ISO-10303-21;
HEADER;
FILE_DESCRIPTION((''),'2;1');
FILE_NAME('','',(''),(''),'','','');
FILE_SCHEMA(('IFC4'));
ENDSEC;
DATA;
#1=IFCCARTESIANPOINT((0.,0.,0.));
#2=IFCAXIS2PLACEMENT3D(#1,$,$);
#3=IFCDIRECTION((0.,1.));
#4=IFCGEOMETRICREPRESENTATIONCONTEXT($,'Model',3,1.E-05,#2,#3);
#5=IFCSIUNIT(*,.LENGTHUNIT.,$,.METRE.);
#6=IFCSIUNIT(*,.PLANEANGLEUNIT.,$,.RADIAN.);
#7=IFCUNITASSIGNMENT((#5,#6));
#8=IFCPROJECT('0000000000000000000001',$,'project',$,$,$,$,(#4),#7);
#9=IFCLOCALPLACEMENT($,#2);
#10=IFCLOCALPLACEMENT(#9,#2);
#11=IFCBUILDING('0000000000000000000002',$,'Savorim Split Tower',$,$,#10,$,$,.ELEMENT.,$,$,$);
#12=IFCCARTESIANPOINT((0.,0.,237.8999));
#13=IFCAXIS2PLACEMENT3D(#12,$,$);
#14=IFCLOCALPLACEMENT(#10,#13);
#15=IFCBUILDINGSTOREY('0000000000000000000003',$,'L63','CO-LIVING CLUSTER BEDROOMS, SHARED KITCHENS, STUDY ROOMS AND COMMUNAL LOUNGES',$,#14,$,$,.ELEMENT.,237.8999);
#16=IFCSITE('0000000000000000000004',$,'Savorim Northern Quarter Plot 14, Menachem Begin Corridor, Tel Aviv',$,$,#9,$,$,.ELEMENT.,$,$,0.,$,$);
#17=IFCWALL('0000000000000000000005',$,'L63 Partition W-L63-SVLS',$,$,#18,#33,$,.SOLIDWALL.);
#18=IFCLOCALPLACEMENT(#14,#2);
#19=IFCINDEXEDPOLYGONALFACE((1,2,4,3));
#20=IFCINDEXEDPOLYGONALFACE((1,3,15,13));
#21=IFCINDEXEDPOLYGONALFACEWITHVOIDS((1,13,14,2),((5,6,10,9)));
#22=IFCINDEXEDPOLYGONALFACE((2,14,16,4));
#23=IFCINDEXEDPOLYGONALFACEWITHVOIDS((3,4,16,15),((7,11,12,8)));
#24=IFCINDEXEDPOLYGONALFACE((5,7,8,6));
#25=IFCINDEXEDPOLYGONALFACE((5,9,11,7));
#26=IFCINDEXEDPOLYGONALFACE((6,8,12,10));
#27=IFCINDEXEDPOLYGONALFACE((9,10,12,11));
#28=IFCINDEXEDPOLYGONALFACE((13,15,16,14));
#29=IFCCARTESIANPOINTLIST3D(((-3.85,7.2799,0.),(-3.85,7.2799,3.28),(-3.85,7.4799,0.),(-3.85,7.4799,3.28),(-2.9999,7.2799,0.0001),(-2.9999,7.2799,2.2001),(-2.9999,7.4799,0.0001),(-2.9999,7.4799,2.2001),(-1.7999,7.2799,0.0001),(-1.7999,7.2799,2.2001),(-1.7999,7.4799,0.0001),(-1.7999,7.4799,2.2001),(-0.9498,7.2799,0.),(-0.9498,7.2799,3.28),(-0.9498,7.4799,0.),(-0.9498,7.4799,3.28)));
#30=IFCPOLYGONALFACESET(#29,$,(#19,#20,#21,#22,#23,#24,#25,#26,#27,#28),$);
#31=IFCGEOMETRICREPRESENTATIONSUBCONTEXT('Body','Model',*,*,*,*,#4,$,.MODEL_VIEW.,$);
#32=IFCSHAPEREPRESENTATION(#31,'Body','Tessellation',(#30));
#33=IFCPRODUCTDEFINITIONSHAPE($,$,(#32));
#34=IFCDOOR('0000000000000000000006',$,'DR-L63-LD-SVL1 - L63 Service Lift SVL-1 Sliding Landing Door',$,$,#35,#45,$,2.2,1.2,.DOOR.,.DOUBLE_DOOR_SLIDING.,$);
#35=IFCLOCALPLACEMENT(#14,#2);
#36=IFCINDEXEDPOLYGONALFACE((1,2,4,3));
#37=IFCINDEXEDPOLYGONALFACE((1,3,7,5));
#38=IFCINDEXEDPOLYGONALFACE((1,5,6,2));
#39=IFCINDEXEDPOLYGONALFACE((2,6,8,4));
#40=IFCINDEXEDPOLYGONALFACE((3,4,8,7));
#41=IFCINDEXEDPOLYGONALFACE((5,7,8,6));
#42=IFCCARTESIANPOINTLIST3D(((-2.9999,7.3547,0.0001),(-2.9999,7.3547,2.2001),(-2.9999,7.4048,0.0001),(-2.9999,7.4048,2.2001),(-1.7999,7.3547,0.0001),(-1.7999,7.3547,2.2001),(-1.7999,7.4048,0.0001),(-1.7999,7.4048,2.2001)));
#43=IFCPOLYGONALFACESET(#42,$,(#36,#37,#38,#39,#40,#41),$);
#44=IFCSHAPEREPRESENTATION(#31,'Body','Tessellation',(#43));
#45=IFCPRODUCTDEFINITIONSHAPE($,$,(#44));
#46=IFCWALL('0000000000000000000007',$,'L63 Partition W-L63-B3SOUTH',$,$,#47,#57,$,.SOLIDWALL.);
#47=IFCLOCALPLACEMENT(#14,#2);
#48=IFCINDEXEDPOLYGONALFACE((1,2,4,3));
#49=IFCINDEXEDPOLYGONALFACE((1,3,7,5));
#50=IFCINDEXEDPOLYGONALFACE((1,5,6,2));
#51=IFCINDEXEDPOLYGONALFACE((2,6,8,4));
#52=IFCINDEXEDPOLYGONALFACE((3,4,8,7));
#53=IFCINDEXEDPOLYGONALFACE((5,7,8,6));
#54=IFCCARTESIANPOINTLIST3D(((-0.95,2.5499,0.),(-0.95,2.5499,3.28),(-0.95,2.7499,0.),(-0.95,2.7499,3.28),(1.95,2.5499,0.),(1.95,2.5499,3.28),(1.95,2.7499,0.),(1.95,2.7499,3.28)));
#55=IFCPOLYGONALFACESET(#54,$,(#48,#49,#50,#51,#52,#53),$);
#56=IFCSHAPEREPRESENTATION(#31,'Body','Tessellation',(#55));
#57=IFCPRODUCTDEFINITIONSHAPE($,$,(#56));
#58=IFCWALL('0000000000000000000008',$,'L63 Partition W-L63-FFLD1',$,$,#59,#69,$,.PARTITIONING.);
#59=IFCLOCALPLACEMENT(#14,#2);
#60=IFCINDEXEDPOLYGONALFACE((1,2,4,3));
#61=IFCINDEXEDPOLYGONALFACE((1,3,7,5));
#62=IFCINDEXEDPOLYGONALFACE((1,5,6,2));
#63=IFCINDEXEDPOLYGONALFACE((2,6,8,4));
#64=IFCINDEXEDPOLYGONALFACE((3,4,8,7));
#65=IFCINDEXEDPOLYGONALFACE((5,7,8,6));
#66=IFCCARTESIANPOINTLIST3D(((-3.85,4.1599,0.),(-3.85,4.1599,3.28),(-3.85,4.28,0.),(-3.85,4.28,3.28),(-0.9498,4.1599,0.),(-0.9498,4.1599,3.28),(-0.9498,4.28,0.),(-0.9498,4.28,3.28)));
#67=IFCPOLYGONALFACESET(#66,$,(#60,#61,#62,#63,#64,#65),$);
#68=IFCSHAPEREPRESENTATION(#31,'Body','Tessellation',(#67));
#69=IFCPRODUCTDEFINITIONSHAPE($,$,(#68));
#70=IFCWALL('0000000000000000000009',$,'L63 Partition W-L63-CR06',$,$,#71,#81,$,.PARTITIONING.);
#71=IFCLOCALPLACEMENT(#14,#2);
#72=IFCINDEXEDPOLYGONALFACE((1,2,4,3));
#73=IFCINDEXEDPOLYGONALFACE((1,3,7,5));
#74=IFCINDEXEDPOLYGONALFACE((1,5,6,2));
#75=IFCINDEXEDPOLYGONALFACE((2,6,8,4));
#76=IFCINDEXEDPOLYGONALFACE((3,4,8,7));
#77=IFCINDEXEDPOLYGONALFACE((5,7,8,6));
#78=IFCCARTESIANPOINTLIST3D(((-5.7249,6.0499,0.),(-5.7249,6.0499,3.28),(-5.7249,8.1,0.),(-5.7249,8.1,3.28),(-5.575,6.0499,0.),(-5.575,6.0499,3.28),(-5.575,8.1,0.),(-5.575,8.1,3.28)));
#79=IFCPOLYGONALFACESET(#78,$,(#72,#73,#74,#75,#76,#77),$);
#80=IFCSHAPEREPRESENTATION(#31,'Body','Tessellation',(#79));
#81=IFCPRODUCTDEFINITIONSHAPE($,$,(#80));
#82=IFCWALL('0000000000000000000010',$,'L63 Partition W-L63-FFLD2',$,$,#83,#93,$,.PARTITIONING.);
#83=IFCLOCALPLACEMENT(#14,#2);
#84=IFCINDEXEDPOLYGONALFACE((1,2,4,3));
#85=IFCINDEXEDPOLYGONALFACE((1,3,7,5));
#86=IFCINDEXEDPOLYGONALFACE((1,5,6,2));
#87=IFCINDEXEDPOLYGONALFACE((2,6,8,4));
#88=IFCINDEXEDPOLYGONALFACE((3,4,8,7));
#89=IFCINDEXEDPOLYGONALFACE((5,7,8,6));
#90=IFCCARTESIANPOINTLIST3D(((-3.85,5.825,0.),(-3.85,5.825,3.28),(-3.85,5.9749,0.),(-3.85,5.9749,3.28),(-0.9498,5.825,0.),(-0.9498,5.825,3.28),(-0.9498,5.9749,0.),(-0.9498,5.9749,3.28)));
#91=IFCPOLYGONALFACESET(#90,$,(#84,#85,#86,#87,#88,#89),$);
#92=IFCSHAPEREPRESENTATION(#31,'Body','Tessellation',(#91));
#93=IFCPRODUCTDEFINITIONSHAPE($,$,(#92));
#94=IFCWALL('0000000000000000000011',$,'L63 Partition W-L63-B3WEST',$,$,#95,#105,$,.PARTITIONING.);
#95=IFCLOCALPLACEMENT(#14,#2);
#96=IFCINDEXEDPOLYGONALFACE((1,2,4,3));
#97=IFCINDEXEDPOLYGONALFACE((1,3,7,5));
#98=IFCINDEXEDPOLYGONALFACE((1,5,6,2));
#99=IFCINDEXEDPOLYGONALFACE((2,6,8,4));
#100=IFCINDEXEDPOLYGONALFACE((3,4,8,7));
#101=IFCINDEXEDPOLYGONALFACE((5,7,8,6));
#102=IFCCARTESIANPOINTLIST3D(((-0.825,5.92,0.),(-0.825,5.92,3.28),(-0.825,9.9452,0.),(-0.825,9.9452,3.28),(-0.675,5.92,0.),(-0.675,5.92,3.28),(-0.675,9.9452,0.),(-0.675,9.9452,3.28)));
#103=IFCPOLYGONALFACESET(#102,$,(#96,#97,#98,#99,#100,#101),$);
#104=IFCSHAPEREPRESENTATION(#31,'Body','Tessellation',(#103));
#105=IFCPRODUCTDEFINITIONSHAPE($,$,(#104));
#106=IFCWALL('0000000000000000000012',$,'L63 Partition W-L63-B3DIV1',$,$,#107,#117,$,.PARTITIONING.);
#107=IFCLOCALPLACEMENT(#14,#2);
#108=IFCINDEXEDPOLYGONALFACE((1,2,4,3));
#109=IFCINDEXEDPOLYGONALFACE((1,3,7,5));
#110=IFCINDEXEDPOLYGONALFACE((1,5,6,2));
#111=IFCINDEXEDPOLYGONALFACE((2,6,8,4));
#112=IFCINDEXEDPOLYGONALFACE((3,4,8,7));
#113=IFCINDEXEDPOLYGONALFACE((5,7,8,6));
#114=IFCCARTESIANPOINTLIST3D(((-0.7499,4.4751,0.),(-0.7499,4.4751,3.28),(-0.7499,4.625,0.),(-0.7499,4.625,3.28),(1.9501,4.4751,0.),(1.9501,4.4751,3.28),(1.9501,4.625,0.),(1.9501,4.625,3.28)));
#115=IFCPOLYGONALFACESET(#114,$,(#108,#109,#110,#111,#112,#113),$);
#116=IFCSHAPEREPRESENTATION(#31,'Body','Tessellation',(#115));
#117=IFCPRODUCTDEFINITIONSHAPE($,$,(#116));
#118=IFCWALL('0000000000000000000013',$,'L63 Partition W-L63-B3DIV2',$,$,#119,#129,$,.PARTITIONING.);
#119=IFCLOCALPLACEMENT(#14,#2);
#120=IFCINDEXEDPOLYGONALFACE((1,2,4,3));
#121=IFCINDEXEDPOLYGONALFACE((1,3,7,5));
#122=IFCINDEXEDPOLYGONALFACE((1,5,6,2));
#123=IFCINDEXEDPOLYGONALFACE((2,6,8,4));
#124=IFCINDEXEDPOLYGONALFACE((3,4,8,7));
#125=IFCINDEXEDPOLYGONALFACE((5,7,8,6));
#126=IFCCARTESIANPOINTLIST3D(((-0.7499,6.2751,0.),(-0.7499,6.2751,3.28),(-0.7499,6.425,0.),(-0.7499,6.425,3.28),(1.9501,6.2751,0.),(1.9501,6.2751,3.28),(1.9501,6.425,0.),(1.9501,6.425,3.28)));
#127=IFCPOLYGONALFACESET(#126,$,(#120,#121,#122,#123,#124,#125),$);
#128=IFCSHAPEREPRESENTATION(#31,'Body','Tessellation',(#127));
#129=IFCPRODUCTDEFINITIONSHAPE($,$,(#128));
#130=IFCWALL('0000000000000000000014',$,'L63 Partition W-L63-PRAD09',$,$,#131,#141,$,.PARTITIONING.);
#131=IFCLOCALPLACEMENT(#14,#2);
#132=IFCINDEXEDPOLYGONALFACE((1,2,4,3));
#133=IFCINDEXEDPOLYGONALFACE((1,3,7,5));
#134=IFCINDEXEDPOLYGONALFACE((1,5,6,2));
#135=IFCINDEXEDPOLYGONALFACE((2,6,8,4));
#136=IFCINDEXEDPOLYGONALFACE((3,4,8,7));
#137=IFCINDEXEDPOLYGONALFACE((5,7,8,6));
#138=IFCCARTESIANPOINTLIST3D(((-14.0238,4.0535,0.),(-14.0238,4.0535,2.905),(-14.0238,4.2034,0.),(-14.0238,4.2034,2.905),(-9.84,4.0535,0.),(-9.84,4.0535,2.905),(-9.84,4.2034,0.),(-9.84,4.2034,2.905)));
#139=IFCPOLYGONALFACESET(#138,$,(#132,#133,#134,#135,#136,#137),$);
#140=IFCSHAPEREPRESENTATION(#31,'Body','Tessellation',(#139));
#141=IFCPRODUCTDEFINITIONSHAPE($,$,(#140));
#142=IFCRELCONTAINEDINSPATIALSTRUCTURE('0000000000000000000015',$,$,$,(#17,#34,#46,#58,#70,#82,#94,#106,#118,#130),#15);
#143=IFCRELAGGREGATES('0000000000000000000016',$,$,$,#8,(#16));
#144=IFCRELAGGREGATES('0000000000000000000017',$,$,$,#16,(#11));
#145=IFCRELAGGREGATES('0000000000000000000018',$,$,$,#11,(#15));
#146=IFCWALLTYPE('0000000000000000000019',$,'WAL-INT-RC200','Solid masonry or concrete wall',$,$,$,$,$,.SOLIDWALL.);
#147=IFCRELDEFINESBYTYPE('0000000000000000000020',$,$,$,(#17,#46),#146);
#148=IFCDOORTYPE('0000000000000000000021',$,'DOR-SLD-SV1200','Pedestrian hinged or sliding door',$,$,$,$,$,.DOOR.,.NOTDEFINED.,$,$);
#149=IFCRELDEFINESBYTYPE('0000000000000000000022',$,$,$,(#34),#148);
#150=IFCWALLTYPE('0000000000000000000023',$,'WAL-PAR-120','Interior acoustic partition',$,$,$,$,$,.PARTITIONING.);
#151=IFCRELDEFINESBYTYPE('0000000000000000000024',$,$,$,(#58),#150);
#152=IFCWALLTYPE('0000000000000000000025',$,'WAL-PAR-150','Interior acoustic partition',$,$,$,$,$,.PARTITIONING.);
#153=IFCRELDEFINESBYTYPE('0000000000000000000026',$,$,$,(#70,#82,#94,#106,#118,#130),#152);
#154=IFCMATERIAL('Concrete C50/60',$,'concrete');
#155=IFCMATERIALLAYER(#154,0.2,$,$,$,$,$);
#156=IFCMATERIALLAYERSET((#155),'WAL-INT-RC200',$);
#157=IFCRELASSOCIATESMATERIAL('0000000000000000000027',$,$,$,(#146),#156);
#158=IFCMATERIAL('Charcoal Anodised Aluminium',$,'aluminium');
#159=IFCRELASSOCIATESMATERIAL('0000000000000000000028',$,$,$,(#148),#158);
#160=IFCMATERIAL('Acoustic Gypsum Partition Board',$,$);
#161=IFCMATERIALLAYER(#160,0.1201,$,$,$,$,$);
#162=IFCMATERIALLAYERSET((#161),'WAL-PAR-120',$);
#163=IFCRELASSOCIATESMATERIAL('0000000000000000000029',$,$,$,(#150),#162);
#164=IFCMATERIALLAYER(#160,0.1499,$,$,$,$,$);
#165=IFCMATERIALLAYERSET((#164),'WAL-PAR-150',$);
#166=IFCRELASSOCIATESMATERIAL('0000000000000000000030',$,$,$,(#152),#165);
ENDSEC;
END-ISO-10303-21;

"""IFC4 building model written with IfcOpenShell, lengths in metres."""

from ifc_helpers import new_model, si_unit, direction, frame, frame_2d, origin, place, context, subcontext, project, spatial, rectangle, extrude, material, layer, layer_set, type_object, element, fill, save


model = new_model("IFC4")

# Units and contexts
model_context = context("Model", 3, precision=1e-05, world=origin(), true_north=direction((0.0, 1.0)))
body_context = subcontext(model_context, "Body", "Model", "MODEL_VIEW")
ifc_project = project(units=[si_unit("LENGTHUNIT", "METRE"), si_unit("PLANEANGLEUNIT", "RADIAN")], contexts=[model_context])

# Site, building, storey
site_placement = place(None, origin())
site = spatial("IfcSite", under=ifc_project, at=site_placement, Name="Savorim Northern Quarter Plot 14, Menachem Begin Corridor, Tel Aviv", CompositionType="ELEMENT", RefElevation=0.0)
building_placement = place(site_placement, origin())
building = spatial("IfcBuilding", under=site, at=building_placement, Name="Savorim Split Tower", CompositionType="ELEMENT")
storey_placement = place(building_placement, frame((0.0, 0.0, 237.8999)))
storey = spatial("IfcBuildingStorey", under=building, at=storey_placement, Name="L63", Description="CO-LIVING CLUSTER BEDROOMS, SHARED KITCHENS, STUDY ROOMS AND COMMUNAL LOUNGES", CompositionType="ELEMENT", Elevation=237.8999)

# Shared definitions
ifc_material_1 = material(Name="Charcoal Anodised Aluminium", Category="aluminium")

# Shared definitions
ifc_material_2 = material(Name="Concrete C50/60", Category="concrete")
ifc_layer_1 = layer(ifc_material_2, 0.2)
ifc_layer_set_1 = layer_set([ifc_layer_1], Name="WAL-INT-RC200")
wall_type_1 = type_object("IfcWallType", Name="WAL-INT-RC200", Description="Solid masonry or concrete wall", PredefinedType="SOLIDWALL", material=ifc_layer_set_1)

# Wall, opening, door
wall_1_placement = place(storey_placement, frame((-3.8501, 7.3799, 0.0), z_axis=(0.0, 0.0, 1.0), x_axis=(1.0, 0.0, 0.0)))
wall_1 = element("IfcWall", 1, at=wall_1_placement, inside=storey, type_object=wall_type_1, Name="L63 Partition W-L63-SVLS", PredefinedType="SOLIDWALL", context=body_context, shape_type="SweptSolid", body=[
    extrude(rectangle(XDim=2.9001, YDim=0.2, at=frame_2d((1.4502, 0.0))), origin(), (0.0, 0.0, 1.0), 3.28),
])
opening_1_placement = place(wall_1_placement, frame((0.8501, 0.0, 0.0)))
opening_1 = element("IfcOpeningElement", 2, at=opening_1_placement, cuts=wall_1, PredefinedType="OPENING", context=body_context, shape_type="SweptSolid", body=[
    extrude(rectangle(XDim=1.2, YDim=2.2, at=frame_2d((0.6001, 1.1001))), frame((0.0, 0.1099, 0.0), z_axis=(0.0, -1.0, 0.0), x_axis=(1.0, 0.0, 0.0)), (0.0, 0.0, 1.0), 0.22),
])
door_type_1 = type_object("IfcDoorType", Name="DOR-SLD-SV1200", Description="Pedestrian hinged or sliding door", OperationType="NOTDEFINED", PredefinedType="DOOR", material=ifc_material_1)
door_1_placement = place(opening_1_placement, origin())
door_1 = element("IfcDoor", 3, at=door_1_placement, inside=storey, type_object=door_type_1, Name="DR-L63-LD-SVL1 - L63 Service Lift SVL-1 Sliding Landing Door", OperationType="DOUBLE_DOOR_SLIDING", OverallHeight=2.2, OverallWidth=1.2, PredefinedType="DOOR", context=body_context, shape_type="SweptSolid", body=[
    extrude(rectangle(XDim=1.2, YDim=2.2, at=frame_2d((0.6001, 1.1001))), frame((0.0, 0.0249, 0.0), z_axis=(0.0, -1.0, 0.0), x_axis=(1.0, 0.0, 0.0)), (0.0, 0.0, 1.0), 0.05),
])
fill(opening_1, door_1)

# Walls
wall_2_placement = place(storey_placement, frame((-0.95, 2.6499, 0.0), z_axis=(0.0, 0.0, 1.0), x_axis=(1.0, 0.0, 0.0)))
element("IfcWall", 4, at=wall_2_placement, inside=storey, type_object=wall_type_1, Name="L63 Partition W-L63-B3SOUTH", PredefinedType="SOLIDWALL", context=body_context, shape_type="SweptSolid", body=[
    extrude(rectangle(XDim=2.8999, YDim=0.2, at=frame_2d((1.45, 0.0))), origin(), (0.0, 0.0, 1.0), 3.28),
])
ifc_material_3 = material(Name="Acoustic Gypsum Partition Board")
ifc_layer_2 = layer(ifc_material_3, 0.1201)
ifc_layer_set_2 = layer_set([ifc_layer_2], Name="WAL-PAR-120")
wall_type_2 = type_object("IfcWallType", Name="WAL-PAR-120", Description="Interior acoustic partition", PredefinedType="PARTITIONING", material=ifc_layer_set_2)
wall_3_placement = place(storey_placement, frame((-3.8501, 4.22, 0.0), z_axis=(0.0, 0.0, 1.0), x_axis=(1.0, 0.0, 0.0)))
element("IfcWall", 5, at=wall_3_placement, inside=storey, type_object=wall_type_2, Name="L63 Partition W-L63-FFLD1", PredefinedType="PARTITIONING", context=body_context, shape_type="SweptSolid", body=[
    extrude(rectangle(XDim=2.9001, YDim=0.1201, at=frame_2d((1.4502, 0.0))), origin(), (0.0, 0.0, 1.0), 3.28),
])
ifc_layer_3 = layer(ifc_material_3, 0.1499)
ifc_layer_set_3 = layer_set([ifc_layer_3], Name="WAL-PAR-150")
wall_type_3 = type_object("IfcWallType", Name="WAL-PAR-150", Description="Interior acoustic partition", PredefinedType="PARTITIONING", material=ifc_layer_set_3)
wall_4_placement = place(storey_placement, frame((-5.6499, 6.05, 0.0), z_axis=(0.0, 0.0, 1.0), x_axis=(0.0, 1.0, 0.0)))
element("IfcWall", 6, at=wall_4_placement, inside=storey, type_object=wall_type_3, Name="L63 Partition W-L63-CR06", PredefinedType="PARTITIONING", context=body_context, shape_type="SweptSolid", body=[
    extrude(rectangle(XDim=2.05, YDim=0.1499, at=frame_2d((1.0249, 0.0))), origin(), (0.0, 0.0, 1.0), 3.28),
])
wall_5_placement = place(storey_placement, frame((-3.8501, 5.8999, 0.0), z_axis=(0.0, 0.0, 1.0), x_axis=(1.0, 0.0, 0.0)))
element("IfcWall", 7, at=wall_5_placement, inside=storey, type_object=wall_type_3, Name="L63 Partition W-L63-FFLD2", PredefinedType="PARTITIONING", context=body_context, shape_type="SweptSolid", body=[
    extrude(rectangle(XDim=2.9001, YDim=0.1499, at=frame_2d((1.4502, 0.0))), origin(), (0.0, 0.0, 1.0), 3.28),
])
wall_6_placement = place(storey_placement, frame((-0.75, 5.9199, 0.0), z_axis=(0.0, 0.0, 1.0), x_axis=(0.0, 1.0, 0.0)))
element("IfcWall", 8, at=wall_6_placement, inside=storey, type_object=wall_type_3, Name="L63 Partition W-L63-B3WEST", PredefinedType="PARTITIONING", context=body_context, shape_type="SweptSolid", body=[
    extrude(rectangle(XDim=4.0251, YDim=0.1499, at=frame_2d((2.0127, 0.0))), origin(), (0.0, 0.0, 1.0), 3.28),
])
for number, where, z_axis, x_axis, name in (
    (9, (-0.75, 4.55, 0.0), (0.0, 0.0, 1.0), (1.0, 0.0, 0.0), "L63 Partition W-L63-B3DIV1"),
    (10, (-0.75, 6.3501, 0.0), (0.0, 0.0, 1.0), (1.0, 0.0, 0.0), "L63 Partition W-L63-B3DIV2"),
):
    element("IfcWall", number, at=place(storey_placement, frame(where, z_axis=z_axis, x_axis=x_axis)), inside=storey, type_object=wall_type_3, Name=name, PredefinedType="PARTITIONING", context=body_context, shape_type="SweptSolid", body=[
        extrude(rectangle(XDim=2.7, YDim=0.1499, at=frame_2d((1.3501, 0.0))), origin(), (0.0, 0.0, 1.0), 3.28),
    ])
wall_7_placement = place(storey_placement, frame((-9.8401, 4.1284, 0.0), z_axis=(0.0, 0.0, 1.0), x_axis=(-1.0, 0.0, 0.0)))
element("IfcWall", 11, at=wall_7_placement, inside=storey, type_object=wall_type_3, Name="L63 Partition W-L63-PRAD09", PredefinedType="PARTITIONING", context=body_context, shape_type="SweptSolid", body=[
    extrude(rectangle(XDim=4.1838, YDim=0.1499, at=frame_2d((2.0918, 0.0))), origin(), (0.0, 0.0, 1.0), 2.905),
])

save(model, "model.ifc")
